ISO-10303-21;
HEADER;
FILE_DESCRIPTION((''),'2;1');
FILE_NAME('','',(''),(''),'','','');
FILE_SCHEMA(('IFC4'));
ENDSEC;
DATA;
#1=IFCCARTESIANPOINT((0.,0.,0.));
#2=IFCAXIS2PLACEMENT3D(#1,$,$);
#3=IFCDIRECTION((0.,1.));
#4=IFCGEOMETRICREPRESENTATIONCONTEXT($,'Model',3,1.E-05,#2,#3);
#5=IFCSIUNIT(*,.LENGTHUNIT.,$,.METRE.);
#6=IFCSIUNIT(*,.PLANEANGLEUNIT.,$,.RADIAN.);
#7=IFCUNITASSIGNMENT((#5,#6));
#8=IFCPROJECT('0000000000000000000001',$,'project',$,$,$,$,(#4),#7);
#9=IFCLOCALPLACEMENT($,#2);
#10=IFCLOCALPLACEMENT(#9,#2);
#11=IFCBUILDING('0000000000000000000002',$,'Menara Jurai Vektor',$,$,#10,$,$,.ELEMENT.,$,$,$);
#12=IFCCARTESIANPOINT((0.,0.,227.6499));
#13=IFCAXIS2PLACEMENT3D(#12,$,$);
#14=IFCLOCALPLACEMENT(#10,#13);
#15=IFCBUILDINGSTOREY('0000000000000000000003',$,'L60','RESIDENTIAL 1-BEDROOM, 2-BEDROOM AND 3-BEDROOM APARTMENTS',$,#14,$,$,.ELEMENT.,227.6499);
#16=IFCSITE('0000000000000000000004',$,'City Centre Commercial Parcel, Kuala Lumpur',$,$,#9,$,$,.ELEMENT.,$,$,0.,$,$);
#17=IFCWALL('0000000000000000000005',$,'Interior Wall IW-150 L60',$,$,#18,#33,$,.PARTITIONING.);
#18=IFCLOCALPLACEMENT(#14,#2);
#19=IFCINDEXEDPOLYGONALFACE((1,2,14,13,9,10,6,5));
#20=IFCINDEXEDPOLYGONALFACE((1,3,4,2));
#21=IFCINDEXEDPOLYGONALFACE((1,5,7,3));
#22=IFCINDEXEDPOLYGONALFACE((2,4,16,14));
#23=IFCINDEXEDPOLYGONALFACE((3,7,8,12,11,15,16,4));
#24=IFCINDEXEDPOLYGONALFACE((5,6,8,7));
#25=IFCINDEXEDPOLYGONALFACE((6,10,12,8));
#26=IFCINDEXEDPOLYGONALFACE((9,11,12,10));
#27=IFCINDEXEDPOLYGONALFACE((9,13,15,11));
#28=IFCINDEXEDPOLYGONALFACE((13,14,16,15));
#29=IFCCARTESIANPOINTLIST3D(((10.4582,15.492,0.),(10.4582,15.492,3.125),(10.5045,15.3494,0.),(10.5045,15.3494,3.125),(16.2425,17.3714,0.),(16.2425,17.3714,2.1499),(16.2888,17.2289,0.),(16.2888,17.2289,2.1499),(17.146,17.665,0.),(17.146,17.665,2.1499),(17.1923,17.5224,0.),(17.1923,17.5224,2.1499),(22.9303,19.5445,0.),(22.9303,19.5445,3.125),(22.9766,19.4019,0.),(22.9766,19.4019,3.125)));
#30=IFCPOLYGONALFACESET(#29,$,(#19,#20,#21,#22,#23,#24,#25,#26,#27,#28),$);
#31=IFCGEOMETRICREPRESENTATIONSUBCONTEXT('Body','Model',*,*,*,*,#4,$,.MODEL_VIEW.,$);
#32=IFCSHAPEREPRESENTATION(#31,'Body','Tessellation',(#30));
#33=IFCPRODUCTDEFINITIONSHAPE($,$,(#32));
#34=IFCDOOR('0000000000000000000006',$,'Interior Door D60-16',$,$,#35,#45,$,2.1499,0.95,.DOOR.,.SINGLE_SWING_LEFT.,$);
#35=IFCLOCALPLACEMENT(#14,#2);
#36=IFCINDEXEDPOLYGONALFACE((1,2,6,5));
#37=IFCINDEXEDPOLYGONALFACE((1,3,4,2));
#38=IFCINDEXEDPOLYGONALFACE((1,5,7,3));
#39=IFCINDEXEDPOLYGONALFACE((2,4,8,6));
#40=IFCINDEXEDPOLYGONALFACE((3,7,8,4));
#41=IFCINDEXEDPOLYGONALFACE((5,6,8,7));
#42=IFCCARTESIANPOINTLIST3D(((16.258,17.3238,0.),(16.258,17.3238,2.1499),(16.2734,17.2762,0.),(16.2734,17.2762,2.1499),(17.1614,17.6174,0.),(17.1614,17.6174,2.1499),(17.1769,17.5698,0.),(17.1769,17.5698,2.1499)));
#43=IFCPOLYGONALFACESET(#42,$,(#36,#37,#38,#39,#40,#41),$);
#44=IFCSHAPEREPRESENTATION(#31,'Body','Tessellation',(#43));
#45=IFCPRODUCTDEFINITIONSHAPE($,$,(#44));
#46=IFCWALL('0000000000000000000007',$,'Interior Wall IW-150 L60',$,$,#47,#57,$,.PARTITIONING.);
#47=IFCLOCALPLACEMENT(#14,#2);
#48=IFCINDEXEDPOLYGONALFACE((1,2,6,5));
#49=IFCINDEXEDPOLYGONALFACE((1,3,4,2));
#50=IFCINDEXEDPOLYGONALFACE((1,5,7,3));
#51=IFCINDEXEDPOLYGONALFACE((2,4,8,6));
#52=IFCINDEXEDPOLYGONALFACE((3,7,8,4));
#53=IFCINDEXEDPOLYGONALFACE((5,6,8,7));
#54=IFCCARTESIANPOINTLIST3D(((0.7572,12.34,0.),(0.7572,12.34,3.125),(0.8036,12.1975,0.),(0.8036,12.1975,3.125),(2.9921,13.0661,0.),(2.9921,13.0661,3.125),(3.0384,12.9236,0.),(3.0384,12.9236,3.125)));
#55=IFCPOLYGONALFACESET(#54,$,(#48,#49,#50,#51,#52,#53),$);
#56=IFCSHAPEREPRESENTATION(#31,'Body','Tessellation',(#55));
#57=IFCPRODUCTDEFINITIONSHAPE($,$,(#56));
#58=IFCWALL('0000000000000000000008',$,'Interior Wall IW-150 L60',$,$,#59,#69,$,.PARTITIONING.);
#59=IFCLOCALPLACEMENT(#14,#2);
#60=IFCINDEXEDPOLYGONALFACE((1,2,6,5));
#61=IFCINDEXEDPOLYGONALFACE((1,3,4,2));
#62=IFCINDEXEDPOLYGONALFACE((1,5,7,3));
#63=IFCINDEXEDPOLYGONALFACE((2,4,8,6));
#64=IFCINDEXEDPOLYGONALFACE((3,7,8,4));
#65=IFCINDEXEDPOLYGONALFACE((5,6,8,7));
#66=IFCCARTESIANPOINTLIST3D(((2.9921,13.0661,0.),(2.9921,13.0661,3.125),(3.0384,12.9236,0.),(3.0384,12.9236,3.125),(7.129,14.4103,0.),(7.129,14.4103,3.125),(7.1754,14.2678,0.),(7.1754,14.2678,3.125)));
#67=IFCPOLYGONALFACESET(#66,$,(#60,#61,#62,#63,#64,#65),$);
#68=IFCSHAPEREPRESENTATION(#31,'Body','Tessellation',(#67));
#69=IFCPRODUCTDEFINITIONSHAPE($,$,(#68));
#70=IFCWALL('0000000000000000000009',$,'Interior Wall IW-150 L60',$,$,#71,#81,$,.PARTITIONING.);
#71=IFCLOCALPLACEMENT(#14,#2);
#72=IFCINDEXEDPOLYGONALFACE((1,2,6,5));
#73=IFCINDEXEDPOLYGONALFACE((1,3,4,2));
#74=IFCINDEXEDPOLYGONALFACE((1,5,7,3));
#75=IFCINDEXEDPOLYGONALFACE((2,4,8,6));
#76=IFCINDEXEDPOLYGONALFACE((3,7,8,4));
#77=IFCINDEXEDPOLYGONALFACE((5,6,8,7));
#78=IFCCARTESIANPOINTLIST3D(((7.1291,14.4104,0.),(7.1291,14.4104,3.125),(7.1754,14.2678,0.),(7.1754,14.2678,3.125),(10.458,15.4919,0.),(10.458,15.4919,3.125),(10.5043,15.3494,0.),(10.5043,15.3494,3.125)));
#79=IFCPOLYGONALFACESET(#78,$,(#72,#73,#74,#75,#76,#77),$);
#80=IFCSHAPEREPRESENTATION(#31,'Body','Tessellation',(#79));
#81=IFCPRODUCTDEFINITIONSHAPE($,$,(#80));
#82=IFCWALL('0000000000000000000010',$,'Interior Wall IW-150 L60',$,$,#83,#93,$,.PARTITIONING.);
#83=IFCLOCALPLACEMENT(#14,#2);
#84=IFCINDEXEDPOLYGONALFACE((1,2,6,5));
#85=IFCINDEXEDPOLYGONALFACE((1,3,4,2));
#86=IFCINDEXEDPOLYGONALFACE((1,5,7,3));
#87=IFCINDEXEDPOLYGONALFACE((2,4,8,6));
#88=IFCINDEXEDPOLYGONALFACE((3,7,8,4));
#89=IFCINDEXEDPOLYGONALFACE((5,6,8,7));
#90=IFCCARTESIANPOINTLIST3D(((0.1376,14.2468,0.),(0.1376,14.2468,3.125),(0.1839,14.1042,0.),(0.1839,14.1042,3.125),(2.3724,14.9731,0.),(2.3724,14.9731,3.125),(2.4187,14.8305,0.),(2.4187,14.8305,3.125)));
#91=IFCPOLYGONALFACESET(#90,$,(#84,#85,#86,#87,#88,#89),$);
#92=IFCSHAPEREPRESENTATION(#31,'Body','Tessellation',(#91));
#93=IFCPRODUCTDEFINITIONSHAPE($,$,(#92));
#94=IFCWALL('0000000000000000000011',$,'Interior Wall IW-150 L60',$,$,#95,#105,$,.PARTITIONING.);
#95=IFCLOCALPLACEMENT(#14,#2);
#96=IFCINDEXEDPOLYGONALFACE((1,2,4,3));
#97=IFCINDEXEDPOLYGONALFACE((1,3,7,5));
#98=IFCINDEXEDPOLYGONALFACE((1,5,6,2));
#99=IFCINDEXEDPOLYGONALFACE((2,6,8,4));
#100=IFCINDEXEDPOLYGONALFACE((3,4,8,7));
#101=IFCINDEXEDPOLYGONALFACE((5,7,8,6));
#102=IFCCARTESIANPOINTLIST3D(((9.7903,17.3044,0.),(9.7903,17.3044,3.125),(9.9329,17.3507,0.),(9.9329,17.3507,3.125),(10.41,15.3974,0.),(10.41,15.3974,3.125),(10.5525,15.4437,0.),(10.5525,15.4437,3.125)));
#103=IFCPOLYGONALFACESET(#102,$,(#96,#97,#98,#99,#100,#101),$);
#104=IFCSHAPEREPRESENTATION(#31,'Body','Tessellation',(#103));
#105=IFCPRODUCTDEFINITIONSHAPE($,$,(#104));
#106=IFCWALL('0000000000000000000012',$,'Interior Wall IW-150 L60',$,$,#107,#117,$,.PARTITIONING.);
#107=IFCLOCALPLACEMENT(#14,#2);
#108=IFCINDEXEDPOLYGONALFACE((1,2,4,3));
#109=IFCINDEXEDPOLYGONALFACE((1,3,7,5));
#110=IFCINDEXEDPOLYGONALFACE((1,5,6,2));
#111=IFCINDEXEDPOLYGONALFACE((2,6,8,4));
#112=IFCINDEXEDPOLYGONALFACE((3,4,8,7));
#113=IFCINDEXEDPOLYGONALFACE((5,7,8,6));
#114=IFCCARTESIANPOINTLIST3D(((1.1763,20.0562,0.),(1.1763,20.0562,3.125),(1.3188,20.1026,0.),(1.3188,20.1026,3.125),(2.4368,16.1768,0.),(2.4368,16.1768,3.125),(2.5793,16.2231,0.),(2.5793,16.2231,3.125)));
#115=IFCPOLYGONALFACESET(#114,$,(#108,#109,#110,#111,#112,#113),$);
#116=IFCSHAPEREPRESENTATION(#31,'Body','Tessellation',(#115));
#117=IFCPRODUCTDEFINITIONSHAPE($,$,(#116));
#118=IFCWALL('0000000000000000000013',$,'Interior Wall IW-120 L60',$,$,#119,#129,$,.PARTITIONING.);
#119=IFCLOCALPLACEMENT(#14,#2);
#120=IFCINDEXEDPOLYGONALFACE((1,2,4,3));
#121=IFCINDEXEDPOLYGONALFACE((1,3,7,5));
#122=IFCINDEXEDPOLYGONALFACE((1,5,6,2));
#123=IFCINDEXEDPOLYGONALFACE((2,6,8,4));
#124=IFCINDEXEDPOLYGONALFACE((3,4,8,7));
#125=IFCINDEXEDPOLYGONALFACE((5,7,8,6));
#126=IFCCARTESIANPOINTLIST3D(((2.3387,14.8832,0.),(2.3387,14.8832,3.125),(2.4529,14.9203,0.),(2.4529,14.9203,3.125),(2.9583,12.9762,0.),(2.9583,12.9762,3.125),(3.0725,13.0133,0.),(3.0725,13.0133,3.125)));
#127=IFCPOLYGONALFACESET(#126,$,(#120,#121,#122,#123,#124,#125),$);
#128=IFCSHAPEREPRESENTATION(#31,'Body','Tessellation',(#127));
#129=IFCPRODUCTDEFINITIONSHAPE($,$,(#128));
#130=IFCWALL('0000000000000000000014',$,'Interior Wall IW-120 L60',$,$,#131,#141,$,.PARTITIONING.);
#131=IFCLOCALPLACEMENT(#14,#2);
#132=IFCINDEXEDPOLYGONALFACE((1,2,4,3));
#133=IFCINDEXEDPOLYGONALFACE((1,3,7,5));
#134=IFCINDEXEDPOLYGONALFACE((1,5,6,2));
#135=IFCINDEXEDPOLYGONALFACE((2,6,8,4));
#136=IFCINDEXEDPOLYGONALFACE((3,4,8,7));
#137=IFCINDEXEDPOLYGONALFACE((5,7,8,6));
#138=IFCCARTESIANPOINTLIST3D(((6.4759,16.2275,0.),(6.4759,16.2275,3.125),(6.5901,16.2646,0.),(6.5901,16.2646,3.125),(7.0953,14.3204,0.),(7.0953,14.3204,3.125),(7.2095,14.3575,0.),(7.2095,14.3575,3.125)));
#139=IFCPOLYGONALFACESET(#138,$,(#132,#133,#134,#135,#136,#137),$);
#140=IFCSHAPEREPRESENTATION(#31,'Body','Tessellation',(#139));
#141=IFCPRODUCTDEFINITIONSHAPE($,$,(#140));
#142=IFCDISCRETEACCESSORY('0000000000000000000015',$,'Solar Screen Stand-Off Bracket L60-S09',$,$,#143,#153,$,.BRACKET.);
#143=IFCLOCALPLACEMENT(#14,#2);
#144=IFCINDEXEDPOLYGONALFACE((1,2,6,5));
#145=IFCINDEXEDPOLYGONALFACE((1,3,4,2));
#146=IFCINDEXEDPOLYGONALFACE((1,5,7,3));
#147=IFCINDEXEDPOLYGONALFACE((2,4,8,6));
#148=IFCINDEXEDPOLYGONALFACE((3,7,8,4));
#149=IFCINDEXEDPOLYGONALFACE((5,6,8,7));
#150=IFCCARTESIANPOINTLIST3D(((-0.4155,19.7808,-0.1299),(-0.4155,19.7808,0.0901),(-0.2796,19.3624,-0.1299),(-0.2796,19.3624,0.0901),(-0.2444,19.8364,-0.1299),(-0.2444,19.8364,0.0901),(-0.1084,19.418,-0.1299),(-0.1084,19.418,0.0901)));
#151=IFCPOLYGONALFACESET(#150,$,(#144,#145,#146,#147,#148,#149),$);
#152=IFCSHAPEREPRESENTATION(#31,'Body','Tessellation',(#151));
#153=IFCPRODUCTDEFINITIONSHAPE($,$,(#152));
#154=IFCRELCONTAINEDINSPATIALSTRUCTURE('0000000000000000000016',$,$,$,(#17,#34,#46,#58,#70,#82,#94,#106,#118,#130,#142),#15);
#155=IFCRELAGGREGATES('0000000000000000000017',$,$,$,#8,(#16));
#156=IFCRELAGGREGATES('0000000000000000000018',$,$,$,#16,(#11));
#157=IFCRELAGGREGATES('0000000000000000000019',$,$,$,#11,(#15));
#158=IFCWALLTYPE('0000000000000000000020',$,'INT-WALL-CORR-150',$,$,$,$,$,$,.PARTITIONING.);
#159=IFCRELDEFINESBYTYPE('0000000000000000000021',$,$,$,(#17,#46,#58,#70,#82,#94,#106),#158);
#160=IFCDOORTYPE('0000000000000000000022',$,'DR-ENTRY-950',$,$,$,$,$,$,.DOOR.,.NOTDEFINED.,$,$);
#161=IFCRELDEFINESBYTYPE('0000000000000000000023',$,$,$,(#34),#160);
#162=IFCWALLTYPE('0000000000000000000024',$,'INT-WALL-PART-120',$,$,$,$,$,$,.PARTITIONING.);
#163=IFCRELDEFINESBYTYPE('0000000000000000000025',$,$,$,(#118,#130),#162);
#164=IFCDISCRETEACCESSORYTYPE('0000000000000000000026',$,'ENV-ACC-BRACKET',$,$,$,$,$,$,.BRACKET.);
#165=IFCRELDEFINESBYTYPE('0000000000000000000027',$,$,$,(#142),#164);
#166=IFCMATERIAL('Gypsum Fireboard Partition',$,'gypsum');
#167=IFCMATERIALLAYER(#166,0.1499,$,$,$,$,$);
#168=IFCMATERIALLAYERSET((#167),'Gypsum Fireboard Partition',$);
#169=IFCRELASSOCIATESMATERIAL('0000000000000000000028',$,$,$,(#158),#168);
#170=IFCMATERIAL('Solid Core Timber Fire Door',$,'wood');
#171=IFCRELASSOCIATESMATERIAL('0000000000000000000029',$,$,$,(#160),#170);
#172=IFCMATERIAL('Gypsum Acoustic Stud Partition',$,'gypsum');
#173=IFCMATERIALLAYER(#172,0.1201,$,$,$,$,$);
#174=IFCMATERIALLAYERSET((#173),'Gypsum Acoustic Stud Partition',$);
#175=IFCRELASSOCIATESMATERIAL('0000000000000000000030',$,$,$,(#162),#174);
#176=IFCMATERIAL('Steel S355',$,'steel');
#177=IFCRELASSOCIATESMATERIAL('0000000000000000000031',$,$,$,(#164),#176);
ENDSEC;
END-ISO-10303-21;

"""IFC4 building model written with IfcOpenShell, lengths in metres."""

from ifc_helpers import new_model, si_unit, direction, frame, frame_2d, origin, origin_2d, place, context, subcontext, project, spatial, rectangle, extrude, material, layer, layer_set, type_object, element, fill, save


model = new_model("IFC4")

# Units and contexts
model_context = context("Model", 3, precision=1e-05, world=origin(), true_north=direction((0.0, 1.0)))
body_context = subcontext(model_context, "Body", "Model", "MODEL_VIEW")
ifc_project = project(units=[si_unit("LENGTHUNIT", "METRE"), si_unit("PLANEANGLEUNIT", "RADIAN")], contexts=[model_context])

# Site, building, storey
site_placement = place(None, origin())
site = spatial("IfcSite", under=ifc_project, at=site_placement, Name="City Centre Commercial Parcel, Kuala Lumpur", CompositionType="ELEMENT", RefElevation=0.0)
building_placement = place(site_placement, origin())
building = spatial("IfcBuilding", under=site, at=building_placement, Name="Menara Jurai Vektor", CompositionType="ELEMENT")
storey_placement = place(building_placement, frame((0.0, 0.0, 227.6499)))
storey = spatial("IfcBuildingStorey", under=building, at=storey_placement, Name="L60", Description="RESIDENTIAL 1-BEDROOM, 2-BEDROOM AND 3-BEDROOM APARTMENTS", CompositionType="ELEMENT", Elevation=227.6499)

# Shared definitions
ifc_material_1 = material(Name="Steel S355", Category="steel")

# Wall, opening, door
ifc_material_2 = material(Name="Gypsum Fireboard Partition", Category="gypsum")
ifc_layer_1 = layer(ifc_material_2, 0.1499)
ifc_layer_set_1 = layer_set([ifc_layer_1], Name="Gypsum Fireboard Partition")
wall_type_1 = type_object("IfcWallType", Name="INT-WALL-CORR-150", PredefinedType="PARTITIONING", material=ifc_layer_set_1)
wall_1_placement = place(storey_placement, frame((10.4812, 15.4207, 0.0), z_axis=(0.0, 0.0, 1.0), x_axis=(0.951056, 0.30902, 0.0)))
wall_1 = element("IfcWall", 1, at=wall_1_placement, inside=storey, type_object=wall_type_1, Name="Interior Wall IW-150 L60", PredefinedType="PARTITIONING", context=body_context, shape_type="SweptSolid", body=[
    extrude(rectangle(XDim=13.114, YDim=0.1499, at=frame_2d((6.5571, 0.0))), origin(), (0.0, 0.0, 1.0), 3.125),
])
opening_1_placement = place(wall_1_placement, frame((6.082, 0.0, 0.0)))
opening_1 = element("IfcOpeningElement", 2, at=opening_1_placement, cuts=wall_1, PredefinedType="OPENING", context=body_context, shape_type="SweptSolid", body=[
    extrude(rectangle(XDim=0.95, YDim=2.1499, at=frame_2d((0.4751, 1.075))), frame((0.0, 0.085, 0.0), z_axis=(0.0, -1.0, 0.0), x_axis=(1.0, 0.0, 0.0)), (0.0, 0.0, 1.0), 0.1699),
])
ifc_material_3 = material(Name="Solid Core Timber Fire Door", Category="wood")
door_type_1 = type_object("IfcDoorType", Name="DR-ENTRY-950", OperationType="NOTDEFINED", PredefinedType="DOOR", material=ifc_material_3)
door_1_placement = place(opening_1_placement, origin())
door_1 = element("IfcDoor", 3, at=door_1_placement, inside=storey, type_object=door_type_1, Name="Interior Door D60-16", OperationType="SINGLE_SWING_LEFT", OverallHeight=2.1499, OverallWidth=0.95, PredefinedType="DOOR", context=body_context, shape_type="SweptSolid", body=[
    extrude(rectangle(XDim=0.95, YDim=2.1499, at=frame_2d((0.4751, 1.075))), frame((0.0, 0.0249, 0.0), z_axis=(0.0, -1.0, 0.0), x_axis=(1.0, 0.0, 0.0)), (0.0, 0.0, 1.0), 0.05),
])
fill(opening_1, door_1)

# Walls
wall_2_placement = place(storey_placement, frame((0.7805, 12.2688, 0.0), z_axis=(0.0, 0.0, 1.0), x_axis=(0.951066, 0.308987, 0.0)))
element("IfcWall", 4, at=wall_2_placement, inside=storey, type_object=wall_type_1, Name="Interior Wall IW-150 L60", PredefinedType="PARTITIONING", context=body_context, shape_type="SweptSolid", body=[
    extrude(rectangle(XDim=2.3499, YDim=0.1499, at=frame_2d((1.1748, 0.0))), origin(), (0.0, 0.0, 1.0), 3.125),
])
wall_3_placement = place(storey_placement, frame((3.0154, 12.9949, 0.0), z_axis=(0.0, 0.0, 1.0), x_axis=(0.951053, 0.309029, 0.0)))
element("IfcWall", 5, at=wall_3_placement, inside=storey, type_object=wall_type_1, Name="Interior Wall IW-150 L60", PredefinedType="PARTITIONING", context=body_context, shape_type="SweptSolid", body=[
    extrude(rectangle(XDim=4.3499, YDim=0.1499, at=frame_2d((2.1748, 0.0))), origin(), (0.0, 0.0, 1.0), 3.125),
])
wall_4_placement = place(storey_placement, frame((7.1523, 14.3391, 0.0), z_axis=(0.0, 0.0, 1.0), x_axis=(0.951062, 0.308999, 0.0)))
element("IfcWall", 6, at=wall_4_placement, inside=storey, type_object=wall_type_1, Name="Interior Wall IW-150 L60", PredefinedType="PARTITIONING", context=body_context, shape_type="SweptSolid", body=[
    extrude(rectangle(XDim=3.5002, YDim=0.1499, at=frame_2d((1.75, 0.0))), origin(), (0.0, 0.0, 1.0), 3.125),
])

# Wall
wall_5_placement = place(storey_placement, frame((0.1609, 14.1755, 0.0), z_axis=(0.0, 0.0, 1.0), x_axis=(0.951036, 0.309081, 0.0)))
element("IfcWall", 7, at=wall_5_placement, inside=storey, type_object=wall_type_1, Name="Interior Wall IW-150 L60", PredefinedType="PARTITIONING", context=body_context, shape_type="SweptSolid", body=[
    extrude(rectangle(XDim=2.3499, YDim=0.1499, at=frame_2d((1.1748, 0.0))), origin(), (0.0, 0.0, 1.0), 3.125),
])

# Walls
wall_6_placement = place(storey_placement, frame((10.4812, 15.4207, 0.0), z_axis=(0.0, 0.0, 1.0), x_axis=(-0.309023, 0.951055, 0.0)))
element("IfcWall", 8, at=wall_6_placement, inside=storey, type_object=wall_type_1, Name="Interior Wall IW-150 L60", PredefinedType="PARTITIONING", context=body_context, shape_type="SweptSolid", body=[
    extrude(rectangle(XDim=2.0051, YDim=0.1499, at=frame_2d((1.0024, 0.0))), origin(), (0.0, 0.0, 1.0), 3.125),
])
wall_7_placement = place(storey_placement, frame((2.5081, 16.2, 0.0), z_axis=(0.0, 0.0, 1.0), x_axis=(-0.309018, 0.951056, 0.0)))
element("IfcWall", 9, at=wall_7_placement, inside=storey, type_object=wall_type_1, Name="Interior Wall IW-150 L60", PredefinedType="PARTITIONING", context=body_context, shape_type="SweptSolid", body=[
    extrude(rectangle(XDim=4.0791, YDim=0.1499, at=frame_2d((2.0396, 0.0))), origin(), (0.0, 0.0, 1.0), 3.125),
])
ifc_material_4 = material(Name="Gypsum Acoustic Stud Partition", Category="gypsum")
ifc_layer_2 = layer(ifc_material_4, 0.1201)
ifc_layer_set_2 = layer_set([ifc_layer_2], Name="Gypsum Acoustic Stud Partition")
wall_type_2 = type_object("IfcWallType", Name="INT-WALL-PART-120", PredefinedType="PARTITIONING", material=ifc_layer_set_2)
for number, where, z_axis, x_axis, name in (
    (10, (3.0154, 12.9949, 0.0), (0.0, 0.0, 1.0), (-0.309023, 0.951055, 0.0), "Interior Wall IW-120 L60"),
    (11, (7.1523, 14.3391, 0.0), (0.0, 0.0, 1.0), (-0.308913, 0.95109, 0.0), "Interior Wall IW-120 L60"),
):
    element("IfcWall", number, at=place(storey_placement, frame(where, z_axis=z_axis, x_axis=x_axis)), inside=storey, type_object=wall_type_2, Name=name, PredefinedType="PARTITIONING", context=body_context, shape_type="SweptSolid", body=[
        extrude(rectangle(XDim=2.0051, YDim=0.1201, at=frame_2d((1.0024, 0.0))), origin(), (0.0, 0.0, 1.0), 3.125),
    ])

# Discrete accessory
discrete_accessory_type = type_object("IfcDiscreteAccessoryType", Name="ENV-ACC-BRACKET", PredefinedType="BRACKET", material=ifc_material_1)
discrete_accessory_placement = place(storey_placement, frame((-0.262, 19.5994, -0.1299), z_axis=(0.0, 0.0, 1.0), x_axis=(-0.951057, -0.309017, 0.0)))
element("IfcDiscreteAccessory", 12, at=discrete_accessory_placement, inside=storey, type_object=discrete_accessory_type, Name="Solar Screen Stand-Off Bracket L60-S09", PredefinedType="BRACKET", context=body_context, shape_type="SweptSolid", body=[
    extrude(rectangle(XDim=0.1799, YDim=0.4399, at=origin_2d()), origin(), (0.0, 0.0, 1.0), 0.22),
])

save(model, "model.ifc")
